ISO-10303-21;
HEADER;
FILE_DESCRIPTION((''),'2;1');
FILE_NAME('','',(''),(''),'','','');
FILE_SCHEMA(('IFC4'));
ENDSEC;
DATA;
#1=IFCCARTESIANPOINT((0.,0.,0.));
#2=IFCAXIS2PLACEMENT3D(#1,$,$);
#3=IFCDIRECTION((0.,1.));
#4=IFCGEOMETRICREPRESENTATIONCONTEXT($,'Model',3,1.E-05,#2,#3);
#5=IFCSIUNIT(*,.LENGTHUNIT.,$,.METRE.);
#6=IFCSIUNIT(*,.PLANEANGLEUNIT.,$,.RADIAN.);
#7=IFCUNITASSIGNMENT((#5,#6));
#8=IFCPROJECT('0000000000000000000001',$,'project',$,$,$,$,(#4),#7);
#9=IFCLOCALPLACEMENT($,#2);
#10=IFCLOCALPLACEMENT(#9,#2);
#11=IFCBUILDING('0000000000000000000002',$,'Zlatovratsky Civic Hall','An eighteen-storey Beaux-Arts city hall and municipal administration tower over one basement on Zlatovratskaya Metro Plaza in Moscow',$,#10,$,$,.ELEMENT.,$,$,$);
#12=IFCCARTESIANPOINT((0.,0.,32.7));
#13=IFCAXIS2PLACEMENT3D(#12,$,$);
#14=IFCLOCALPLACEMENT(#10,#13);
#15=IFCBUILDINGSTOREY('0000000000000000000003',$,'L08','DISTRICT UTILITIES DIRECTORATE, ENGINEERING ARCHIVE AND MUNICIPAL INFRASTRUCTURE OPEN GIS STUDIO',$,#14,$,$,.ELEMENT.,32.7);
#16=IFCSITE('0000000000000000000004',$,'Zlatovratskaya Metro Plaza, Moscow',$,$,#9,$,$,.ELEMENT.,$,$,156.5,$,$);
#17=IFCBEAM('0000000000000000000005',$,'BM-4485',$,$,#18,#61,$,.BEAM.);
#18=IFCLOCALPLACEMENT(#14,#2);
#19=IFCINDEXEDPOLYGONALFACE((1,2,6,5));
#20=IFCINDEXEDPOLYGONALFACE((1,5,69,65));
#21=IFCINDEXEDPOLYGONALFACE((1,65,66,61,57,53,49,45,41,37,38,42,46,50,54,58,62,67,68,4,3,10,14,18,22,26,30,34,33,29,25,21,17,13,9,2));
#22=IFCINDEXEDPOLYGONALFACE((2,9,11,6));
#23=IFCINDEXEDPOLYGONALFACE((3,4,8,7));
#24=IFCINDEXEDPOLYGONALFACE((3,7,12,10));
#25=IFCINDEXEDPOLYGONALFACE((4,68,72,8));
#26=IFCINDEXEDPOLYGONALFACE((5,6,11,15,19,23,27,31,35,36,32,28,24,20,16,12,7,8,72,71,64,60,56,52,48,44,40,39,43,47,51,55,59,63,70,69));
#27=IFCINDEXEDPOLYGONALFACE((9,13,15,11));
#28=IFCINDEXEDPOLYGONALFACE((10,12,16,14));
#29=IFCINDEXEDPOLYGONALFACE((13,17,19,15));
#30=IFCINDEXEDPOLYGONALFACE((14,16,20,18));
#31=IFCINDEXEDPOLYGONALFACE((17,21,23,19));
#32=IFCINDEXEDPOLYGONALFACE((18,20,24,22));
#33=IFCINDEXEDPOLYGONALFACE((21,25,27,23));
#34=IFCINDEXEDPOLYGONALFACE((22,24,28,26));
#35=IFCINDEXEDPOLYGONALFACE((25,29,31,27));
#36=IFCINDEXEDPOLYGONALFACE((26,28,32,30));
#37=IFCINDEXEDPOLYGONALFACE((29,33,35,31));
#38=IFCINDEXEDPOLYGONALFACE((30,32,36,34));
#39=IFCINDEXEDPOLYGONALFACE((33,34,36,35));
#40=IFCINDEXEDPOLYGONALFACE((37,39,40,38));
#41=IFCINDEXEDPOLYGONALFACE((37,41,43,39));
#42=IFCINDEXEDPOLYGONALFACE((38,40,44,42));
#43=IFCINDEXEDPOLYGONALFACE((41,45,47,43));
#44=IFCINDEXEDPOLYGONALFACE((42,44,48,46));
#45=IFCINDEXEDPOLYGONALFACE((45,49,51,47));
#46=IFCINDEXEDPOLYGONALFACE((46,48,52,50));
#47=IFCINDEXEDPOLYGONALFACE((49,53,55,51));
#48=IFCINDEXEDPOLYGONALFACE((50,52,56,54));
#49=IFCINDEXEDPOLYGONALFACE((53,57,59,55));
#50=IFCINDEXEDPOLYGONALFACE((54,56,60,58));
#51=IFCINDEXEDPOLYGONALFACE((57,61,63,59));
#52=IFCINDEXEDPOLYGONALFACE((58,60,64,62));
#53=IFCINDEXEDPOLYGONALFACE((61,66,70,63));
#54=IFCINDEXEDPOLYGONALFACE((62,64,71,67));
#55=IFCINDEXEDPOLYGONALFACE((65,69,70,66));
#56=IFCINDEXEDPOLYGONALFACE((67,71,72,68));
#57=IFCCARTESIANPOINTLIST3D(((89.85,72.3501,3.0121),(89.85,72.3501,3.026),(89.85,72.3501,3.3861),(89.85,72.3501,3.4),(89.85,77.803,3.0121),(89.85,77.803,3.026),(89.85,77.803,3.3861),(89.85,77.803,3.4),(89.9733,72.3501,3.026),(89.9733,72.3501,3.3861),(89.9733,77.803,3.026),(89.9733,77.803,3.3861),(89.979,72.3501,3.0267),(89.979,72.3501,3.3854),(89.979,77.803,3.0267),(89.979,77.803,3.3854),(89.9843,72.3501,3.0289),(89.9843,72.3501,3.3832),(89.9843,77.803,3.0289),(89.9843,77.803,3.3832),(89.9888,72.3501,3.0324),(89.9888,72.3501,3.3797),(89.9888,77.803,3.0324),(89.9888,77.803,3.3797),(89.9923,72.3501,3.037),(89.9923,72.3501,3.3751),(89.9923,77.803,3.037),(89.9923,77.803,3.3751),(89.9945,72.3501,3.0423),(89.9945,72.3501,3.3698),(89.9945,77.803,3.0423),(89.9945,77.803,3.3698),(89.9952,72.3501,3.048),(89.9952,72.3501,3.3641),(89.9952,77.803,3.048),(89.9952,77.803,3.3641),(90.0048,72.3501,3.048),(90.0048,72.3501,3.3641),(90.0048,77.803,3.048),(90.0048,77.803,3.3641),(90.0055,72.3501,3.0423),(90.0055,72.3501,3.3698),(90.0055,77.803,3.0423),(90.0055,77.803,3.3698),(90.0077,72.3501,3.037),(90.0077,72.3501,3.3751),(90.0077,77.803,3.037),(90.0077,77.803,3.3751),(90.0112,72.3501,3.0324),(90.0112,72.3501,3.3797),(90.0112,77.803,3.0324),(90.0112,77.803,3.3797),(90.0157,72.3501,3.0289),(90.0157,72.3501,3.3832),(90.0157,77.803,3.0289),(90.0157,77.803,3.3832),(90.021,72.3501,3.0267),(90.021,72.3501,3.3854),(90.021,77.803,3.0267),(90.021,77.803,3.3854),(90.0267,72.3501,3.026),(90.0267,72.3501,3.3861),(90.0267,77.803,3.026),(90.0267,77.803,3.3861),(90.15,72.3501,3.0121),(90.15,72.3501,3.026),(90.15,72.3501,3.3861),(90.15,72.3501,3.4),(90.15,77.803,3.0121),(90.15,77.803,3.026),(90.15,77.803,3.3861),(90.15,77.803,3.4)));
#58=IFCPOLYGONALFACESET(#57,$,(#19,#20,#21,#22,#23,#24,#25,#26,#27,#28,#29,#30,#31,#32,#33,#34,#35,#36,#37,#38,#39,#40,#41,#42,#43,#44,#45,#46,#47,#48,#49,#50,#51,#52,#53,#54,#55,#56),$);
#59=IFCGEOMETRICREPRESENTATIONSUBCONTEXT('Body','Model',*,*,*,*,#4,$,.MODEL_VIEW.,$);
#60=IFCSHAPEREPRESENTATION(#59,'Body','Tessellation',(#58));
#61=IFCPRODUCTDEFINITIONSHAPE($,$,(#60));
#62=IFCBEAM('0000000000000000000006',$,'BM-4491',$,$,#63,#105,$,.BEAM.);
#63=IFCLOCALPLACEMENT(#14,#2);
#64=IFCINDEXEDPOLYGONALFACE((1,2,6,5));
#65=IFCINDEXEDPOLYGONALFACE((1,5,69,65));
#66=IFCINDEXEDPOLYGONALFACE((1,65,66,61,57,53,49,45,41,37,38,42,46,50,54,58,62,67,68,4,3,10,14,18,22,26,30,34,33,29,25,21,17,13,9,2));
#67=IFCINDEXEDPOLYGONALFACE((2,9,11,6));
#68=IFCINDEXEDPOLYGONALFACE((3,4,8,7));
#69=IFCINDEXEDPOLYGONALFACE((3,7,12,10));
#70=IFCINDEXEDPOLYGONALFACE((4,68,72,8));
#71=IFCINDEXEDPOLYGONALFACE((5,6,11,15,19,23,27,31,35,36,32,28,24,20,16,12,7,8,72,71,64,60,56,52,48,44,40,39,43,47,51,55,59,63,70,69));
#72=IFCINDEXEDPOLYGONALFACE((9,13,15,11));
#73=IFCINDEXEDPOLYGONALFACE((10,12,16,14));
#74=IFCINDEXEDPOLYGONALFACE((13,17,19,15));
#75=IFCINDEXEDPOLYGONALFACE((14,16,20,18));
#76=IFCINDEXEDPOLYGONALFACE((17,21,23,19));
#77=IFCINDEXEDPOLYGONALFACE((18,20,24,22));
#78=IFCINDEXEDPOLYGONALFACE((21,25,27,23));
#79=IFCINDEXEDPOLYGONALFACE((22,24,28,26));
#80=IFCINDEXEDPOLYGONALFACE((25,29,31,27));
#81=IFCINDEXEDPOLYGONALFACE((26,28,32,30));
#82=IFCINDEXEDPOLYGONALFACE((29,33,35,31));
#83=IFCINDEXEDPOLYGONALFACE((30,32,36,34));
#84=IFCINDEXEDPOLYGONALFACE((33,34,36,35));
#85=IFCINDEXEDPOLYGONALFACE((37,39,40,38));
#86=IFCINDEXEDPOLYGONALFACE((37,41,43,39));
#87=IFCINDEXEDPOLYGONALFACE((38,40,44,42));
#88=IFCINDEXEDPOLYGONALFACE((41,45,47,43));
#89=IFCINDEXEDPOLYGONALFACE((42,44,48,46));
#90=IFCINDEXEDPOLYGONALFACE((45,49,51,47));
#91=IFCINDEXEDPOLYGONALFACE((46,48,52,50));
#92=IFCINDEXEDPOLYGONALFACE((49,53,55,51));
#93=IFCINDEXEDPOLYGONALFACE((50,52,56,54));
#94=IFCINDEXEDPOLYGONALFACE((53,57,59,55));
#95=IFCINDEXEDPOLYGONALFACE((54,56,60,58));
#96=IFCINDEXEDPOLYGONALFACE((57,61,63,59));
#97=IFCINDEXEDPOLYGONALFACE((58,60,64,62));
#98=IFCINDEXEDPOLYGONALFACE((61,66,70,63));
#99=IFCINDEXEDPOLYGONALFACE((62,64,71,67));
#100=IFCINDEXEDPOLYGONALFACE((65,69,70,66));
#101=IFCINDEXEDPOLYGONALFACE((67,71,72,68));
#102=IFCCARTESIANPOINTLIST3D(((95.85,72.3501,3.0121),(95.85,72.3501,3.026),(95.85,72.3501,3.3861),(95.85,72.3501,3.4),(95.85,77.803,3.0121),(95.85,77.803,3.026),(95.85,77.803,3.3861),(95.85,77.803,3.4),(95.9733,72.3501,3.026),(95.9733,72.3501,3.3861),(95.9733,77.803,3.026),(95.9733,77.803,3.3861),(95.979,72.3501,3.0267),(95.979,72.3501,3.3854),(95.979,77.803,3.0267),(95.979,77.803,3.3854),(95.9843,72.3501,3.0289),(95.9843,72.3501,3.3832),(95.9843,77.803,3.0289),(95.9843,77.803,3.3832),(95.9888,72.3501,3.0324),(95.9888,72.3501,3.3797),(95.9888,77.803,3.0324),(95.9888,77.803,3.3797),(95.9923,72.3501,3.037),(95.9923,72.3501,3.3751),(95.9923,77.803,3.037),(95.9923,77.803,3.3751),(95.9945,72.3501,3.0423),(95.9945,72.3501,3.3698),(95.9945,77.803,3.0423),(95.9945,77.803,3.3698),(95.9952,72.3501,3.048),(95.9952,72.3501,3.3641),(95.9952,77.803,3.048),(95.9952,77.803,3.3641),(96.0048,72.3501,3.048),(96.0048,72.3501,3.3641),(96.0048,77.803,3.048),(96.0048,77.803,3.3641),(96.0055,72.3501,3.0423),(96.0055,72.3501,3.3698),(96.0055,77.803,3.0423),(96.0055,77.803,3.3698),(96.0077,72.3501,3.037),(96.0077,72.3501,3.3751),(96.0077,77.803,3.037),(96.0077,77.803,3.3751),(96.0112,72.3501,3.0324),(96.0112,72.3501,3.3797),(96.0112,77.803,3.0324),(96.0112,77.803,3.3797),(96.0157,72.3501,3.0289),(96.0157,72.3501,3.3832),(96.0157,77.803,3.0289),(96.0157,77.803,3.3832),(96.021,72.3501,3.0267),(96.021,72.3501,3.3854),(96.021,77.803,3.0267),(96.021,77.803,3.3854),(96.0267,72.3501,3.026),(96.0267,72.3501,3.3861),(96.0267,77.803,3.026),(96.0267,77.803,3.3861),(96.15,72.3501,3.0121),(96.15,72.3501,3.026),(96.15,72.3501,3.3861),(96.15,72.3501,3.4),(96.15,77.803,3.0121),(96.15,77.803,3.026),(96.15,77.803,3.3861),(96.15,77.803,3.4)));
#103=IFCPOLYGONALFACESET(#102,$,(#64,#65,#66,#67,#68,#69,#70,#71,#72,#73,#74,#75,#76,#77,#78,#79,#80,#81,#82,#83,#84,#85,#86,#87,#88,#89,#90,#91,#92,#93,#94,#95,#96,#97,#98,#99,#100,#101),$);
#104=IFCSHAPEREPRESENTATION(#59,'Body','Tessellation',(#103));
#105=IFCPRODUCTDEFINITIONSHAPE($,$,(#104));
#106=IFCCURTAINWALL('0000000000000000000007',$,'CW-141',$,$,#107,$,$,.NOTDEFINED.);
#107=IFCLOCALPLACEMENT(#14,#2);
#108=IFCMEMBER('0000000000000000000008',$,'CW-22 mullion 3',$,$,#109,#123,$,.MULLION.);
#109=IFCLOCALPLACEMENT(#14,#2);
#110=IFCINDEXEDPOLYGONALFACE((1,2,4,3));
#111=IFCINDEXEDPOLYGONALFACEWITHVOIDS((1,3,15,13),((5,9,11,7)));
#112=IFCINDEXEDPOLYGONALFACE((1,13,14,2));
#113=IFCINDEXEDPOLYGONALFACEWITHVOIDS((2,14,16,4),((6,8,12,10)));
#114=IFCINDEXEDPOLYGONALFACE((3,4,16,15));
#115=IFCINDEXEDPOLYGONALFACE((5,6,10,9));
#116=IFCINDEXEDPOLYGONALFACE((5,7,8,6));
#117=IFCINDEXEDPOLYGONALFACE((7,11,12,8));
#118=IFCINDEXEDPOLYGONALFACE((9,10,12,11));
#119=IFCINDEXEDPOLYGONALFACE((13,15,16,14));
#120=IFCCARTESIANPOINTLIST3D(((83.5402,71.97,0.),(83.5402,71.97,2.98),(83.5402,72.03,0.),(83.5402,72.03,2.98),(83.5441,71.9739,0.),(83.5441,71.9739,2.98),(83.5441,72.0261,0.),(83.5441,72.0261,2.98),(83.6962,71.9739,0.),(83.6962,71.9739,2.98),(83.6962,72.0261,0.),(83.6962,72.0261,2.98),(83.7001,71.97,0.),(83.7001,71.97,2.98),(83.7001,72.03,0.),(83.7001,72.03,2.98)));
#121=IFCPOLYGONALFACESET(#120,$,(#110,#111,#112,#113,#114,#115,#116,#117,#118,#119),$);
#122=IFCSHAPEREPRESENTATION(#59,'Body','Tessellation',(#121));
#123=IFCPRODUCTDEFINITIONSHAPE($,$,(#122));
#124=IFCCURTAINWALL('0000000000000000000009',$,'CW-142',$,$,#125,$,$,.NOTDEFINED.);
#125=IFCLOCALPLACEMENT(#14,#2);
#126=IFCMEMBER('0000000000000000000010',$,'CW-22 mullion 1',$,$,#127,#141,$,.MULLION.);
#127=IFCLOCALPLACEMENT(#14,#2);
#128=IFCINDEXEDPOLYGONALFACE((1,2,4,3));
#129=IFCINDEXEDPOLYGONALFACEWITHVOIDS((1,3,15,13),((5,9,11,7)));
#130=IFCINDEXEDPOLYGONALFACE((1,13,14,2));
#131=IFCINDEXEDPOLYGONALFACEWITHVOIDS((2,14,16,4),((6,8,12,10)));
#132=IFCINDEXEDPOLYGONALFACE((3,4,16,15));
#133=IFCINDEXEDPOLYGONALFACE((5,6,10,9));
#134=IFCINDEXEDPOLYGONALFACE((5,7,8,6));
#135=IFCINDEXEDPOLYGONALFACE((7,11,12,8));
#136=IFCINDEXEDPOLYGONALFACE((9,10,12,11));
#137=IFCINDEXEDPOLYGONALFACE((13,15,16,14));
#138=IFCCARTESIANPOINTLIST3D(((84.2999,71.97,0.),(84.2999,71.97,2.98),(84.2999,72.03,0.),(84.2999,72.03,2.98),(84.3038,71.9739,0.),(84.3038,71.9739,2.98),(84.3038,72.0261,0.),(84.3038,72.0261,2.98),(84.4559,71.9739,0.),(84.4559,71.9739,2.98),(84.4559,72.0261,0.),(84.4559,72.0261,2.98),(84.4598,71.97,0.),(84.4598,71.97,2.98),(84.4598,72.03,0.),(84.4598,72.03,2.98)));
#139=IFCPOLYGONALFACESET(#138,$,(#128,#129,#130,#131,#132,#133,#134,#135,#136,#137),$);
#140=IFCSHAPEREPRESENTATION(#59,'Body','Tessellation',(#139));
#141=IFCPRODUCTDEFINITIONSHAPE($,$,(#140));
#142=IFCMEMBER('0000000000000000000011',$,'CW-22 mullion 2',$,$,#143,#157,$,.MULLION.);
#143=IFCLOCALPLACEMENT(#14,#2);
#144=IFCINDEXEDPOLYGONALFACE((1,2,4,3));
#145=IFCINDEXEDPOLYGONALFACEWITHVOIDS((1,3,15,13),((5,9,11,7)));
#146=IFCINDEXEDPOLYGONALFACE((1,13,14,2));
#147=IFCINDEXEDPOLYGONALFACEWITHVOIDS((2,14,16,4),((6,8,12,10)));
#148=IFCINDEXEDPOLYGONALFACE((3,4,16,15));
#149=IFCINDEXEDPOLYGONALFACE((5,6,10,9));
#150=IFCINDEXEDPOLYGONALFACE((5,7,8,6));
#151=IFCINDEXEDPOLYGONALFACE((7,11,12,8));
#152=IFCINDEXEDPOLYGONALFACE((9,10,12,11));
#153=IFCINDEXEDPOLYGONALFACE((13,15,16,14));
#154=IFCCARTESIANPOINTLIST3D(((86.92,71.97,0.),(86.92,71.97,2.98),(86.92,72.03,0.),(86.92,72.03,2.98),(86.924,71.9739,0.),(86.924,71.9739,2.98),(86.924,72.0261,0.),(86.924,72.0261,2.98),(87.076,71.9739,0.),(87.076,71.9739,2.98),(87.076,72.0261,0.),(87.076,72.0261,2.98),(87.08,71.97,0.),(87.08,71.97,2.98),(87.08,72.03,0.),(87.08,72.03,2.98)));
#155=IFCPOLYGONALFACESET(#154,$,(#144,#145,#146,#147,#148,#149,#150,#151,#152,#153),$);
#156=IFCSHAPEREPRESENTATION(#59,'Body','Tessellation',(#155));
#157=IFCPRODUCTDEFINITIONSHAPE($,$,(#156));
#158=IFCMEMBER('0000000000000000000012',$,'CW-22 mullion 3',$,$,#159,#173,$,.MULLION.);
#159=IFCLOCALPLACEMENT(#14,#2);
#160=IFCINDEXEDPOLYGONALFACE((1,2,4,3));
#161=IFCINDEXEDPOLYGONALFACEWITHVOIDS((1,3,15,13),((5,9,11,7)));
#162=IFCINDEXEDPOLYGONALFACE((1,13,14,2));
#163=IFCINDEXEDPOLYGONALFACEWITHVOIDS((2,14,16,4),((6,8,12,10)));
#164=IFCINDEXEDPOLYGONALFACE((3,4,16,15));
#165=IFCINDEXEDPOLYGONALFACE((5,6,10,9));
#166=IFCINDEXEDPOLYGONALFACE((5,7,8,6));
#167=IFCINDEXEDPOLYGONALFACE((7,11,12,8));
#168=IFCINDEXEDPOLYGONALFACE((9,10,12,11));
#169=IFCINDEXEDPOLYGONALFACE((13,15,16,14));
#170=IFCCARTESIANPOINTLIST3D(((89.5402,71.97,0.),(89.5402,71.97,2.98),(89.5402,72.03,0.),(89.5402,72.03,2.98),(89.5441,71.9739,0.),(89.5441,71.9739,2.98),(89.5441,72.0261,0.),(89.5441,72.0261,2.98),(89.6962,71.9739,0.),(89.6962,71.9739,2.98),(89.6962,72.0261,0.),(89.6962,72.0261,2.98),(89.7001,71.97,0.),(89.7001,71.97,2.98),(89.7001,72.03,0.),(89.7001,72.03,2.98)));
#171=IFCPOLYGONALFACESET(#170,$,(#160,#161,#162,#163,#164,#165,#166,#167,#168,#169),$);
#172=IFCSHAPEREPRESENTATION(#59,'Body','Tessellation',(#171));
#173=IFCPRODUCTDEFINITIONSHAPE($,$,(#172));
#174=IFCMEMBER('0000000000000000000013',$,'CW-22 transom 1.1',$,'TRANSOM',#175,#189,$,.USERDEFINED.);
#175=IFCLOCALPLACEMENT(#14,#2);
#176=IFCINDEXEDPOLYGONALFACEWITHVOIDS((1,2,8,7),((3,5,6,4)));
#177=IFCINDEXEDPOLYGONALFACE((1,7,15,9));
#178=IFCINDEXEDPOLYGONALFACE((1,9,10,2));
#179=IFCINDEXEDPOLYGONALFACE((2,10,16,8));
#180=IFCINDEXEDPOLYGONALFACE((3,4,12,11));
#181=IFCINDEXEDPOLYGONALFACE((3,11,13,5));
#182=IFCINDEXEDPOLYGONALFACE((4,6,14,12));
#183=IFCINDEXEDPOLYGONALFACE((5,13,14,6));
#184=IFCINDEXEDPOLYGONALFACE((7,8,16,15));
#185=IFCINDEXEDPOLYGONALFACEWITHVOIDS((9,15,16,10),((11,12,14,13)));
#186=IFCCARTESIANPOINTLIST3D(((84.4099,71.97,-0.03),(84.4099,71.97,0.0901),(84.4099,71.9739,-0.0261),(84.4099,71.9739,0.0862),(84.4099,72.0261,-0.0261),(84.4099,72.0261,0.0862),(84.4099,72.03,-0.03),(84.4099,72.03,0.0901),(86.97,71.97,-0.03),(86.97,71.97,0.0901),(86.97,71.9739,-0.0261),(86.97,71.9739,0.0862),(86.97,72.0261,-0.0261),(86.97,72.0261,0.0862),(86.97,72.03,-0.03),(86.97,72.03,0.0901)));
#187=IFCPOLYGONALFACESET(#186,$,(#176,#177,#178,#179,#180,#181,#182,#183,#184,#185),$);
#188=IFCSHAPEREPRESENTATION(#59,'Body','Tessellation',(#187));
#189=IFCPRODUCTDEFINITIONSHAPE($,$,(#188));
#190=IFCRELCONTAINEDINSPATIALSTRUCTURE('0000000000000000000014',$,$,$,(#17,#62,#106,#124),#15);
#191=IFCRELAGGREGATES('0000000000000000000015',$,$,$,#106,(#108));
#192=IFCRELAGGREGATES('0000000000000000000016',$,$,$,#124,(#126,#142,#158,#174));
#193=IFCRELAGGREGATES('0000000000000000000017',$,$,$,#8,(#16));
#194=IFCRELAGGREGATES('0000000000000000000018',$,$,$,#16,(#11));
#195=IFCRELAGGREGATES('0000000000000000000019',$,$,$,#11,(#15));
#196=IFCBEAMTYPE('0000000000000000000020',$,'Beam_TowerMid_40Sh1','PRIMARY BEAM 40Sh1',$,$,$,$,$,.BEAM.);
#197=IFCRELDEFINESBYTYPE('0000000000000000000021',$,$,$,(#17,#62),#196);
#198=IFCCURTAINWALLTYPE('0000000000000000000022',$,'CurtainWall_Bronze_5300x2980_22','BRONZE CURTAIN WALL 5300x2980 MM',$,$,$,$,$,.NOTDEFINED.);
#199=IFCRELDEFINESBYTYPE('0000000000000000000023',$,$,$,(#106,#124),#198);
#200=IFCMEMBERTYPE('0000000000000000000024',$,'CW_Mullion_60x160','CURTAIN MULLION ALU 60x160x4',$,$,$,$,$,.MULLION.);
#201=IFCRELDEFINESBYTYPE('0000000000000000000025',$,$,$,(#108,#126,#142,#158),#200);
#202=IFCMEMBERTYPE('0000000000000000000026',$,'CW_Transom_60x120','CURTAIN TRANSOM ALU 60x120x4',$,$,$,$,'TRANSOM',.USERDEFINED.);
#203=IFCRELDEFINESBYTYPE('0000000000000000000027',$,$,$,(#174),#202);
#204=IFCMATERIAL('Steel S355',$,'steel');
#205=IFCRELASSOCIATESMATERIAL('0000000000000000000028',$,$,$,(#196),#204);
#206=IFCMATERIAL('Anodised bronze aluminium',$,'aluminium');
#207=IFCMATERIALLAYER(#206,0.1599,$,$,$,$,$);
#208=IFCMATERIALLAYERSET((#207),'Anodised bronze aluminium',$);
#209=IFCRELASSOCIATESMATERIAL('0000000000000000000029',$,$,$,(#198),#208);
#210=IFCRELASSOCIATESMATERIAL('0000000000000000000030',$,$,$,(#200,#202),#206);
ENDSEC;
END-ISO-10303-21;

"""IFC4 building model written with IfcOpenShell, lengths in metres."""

from ifc_helpers import new_model, si_unit, direction, frame, origin, origin_2d, place, context, subcontext, project, spatial, hollow_rectangle, i_section, extrude, material, layer, layer_set, material_profile, profile_set, type_object, element, aggregate, save


model = new_model("IFC4")

# Units and contexts
model_context = context("Model", 3, precision=1e-05, world=origin(), true_north=direction((0.0, 1.0)))
body_context = subcontext(model_context, "Body", "Model", "MODEL_VIEW")
ifc_project = project(units=[si_unit("LENGTHUNIT", "METRE"), si_unit("PLANEANGLEUNIT", "RADIAN")], contexts=[model_context])

# Site, building, storey
site_placement = place(None, origin())
site = spatial("IfcSite", under=ifc_project, at=site_placement, Name="Zlatovratskaya Metro Plaza, Moscow", CompositionType="ELEMENT", RefElevation=156.5)
building_placement = place(site_placement, origin())
building = spatial("IfcBuilding", under=site, at=building_placement, Name="Zlatovratsky Civic Hall", Description="An eighteen-storey Beaux-Arts city hall and municipal administration tower over one basement on Zlatovratskaya Metro Plaza in Moscow", CompositionType="ELEMENT")
storey_placement = place(building_placement, frame((0.0, 0.0, 32.7)))
storey = spatial("IfcBuildingStorey", under=building, at=storey_placement, Name="L08", Description="DISTRICT UTILITIES DIRECTORATE, ENGINEERING ARCHIVE AND MUNICIPAL INFRASTRUCTURE OPEN GIS STUDIO", CompositionType="ELEMENT", Elevation=32.7)

# Beams
ifc_material_1 = material(Name="Steel S355", Category="steel")
ifc_material_profile_1 = material_profile(ifc_material_1, i_section(OverallWidth=0.3, OverallDepth=0.3879, WebThickness=0.0095, FlangeThickness=0.0139, FilletRadius=0.022, at=origin_2d()), Name="40Sh1")
ifc_profile_set_1 = profile_set([ifc_material_profile_1], Name="Steel S355")
beam_type_1 = type_object("IfcBeamType", Name="Beam_TowerMid_40Sh1", Description="PRIMARY BEAM 40Sh1", PredefinedType="BEAM", material=ifc_profile_set_1)
for number, where, z_axis, x_axis, name in (
    (1, (90.0, 72.3501, 3.2061), (0.0, 1.0, 0.0), (-1.0, 0.0, 0.0), "BM-4485"),
    (2, (96.0, 72.3501, 3.2061), (0.0, 1.0, 0.0), (-1.0, 0.0, 0.0), "BM-4491"),
):
    element("IfcBeam", number, at=place(storey_placement, frame(where, z_axis=z_axis, x_axis=x_axis)), inside=storey, type_object=beam_type_1, Name=name, PredefinedType="BEAM", context=body_context, shape_type="SweptSolid", body=[
        extrude(i_section(OverallWidth=0.3, OverallDepth=0.3879, WebThickness=0.0095, FlangeThickness=0.0139, FilletRadius=0.022, at=origin_2d()), origin(), (0.0, 0.0, 1.0), 5.4529),
    ])

# Curtain wall, member
ifc_material_2 = material(Name="Anodised bronze aluminium", Category="aluminium")
ifc_layer_1 = layer(ifc_material_2, 0.1599)
ifc_layer_set_1 = layer_set([ifc_layer_1], Name="Anodised bronze aluminium")
curtain_wall_type = type_object("IfcCurtainWallType", Name="CurtainWall_Bronze_5300x2980_22", Description="BRONZE CURTAIN WALL 5300x2980 MM", PredefinedType="NOTDEFINED", material=ifc_layer_set_1)
curtain_wall_1_placement = place(storey_placement, origin())
curtain_wall_1 = element("IfcCurtainWall", 3, at=curtain_wall_1_placement, inside=storey, type_object=curtain_wall_type, Name="CW-141", PredefinedType="NOTDEFINED")
ifc_material_profile_2 = material_profile(ifc_material_2, hollow_rectangle(XDim=0.0601, YDim=0.1599, WallThickness=0.0039, at=origin_2d()), Name="ALU 60x160x4")
ifc_profile_set_2 = profile_set([ifc_material_profile_2], Name="Anodised bronze aluminium")
member_type_1 = type_object("IfcMemberType", Name="CW_Mullion_60x160", Description="CURTAIN MULLION ALU 60x160x4", PredefinedType="MULLION", material=ifc_profile_set_2)
member_1_placement = place(storey_placement, frame((83.6201, 72.0, 0.0), z_axis=(0.0, 0.0, 1.0), x_axis=(0.0, 1.0, 0.0)))
member_1 = element("IfcMember", 4, at=member_1_placement, type_object=member_type_1, Name="CW-22 mullion 3", PredefinedType="MULLION", context=body_context, shape_type="SweptSolid", body=[
    extrude(hollow_rectangle(XDim=0.0601, YDim=0.1599, WallThickness=0.0039, at=origin_2d()), origin(), (0.0, 0.0, 1.0), 2.98),
])
aggregate(curtain_wall_1, [member_1])

# Curtain wall, members
curtain_wall_2_placement = place(storey_placement, origin())
curtain_wall_2 = element("IfcCurtainWall", 5, at=curtain_wall_2_placement, inside=storey, type_object=curtain_wall_type, Name="CW-142", PredefinedType="NOTDEFINED")
member_2_placement = place(storey_placement, frame((84.3799, 72.0, 0.0), z_axis=(0.0, 0.0, 1.0), x_axis=(0.0, 1.0, 0.0)))
member_2 = element("IfcMember", 6, at=member_2_placement, type_object=member_type_1, Name="CW-22 mullion 1", PredefinedType="MULLION", context=body_context, shape_type="SweptSolid", body=[
    extrude(hollow_rectangle(XDim=0.0601, YDim=0.1599, WallThickness=0.0039, at=origin_2d()), origin(), (0.0, 0.0, 1.0), 2.98),
])
member_3_placement = place(storey_placement, frame((87.0, 72.0, 0.0), z_axis=(0.0, 0.0, 1.0), x_axis=(0.0, 1.0, 0.0)))
member_3 = element("IfcMember", 7, at=member_3_placement, type_object=member_type_1, Name="CW-22 mullion 2", PredefinedType="MULLION", context=body_context, shape_type="SweptSolid", body=[
    extrude(hollow_rectangle(XDim=0.0601, YDim=0.1599, WallThickness=0.0039, at=origin_2d()), origin(), (0.0, 0.0, 1.0), 2.98),
])
member_4_placement = place(storey_placement, frame((89.6201, 72.0, 0.0), z_axis=(0.0, 0.0, 1.0), x_axis=(0.0, 1.0, 0.0)))
member_4 = element("IfcMember", 8, at=member_4_placement, type_object=member_type_1, Name="CW-22 mullion 3", PredefinedType="MULLION", context=body_context, shape_type="SweptSolid", body=[
    extrude(hollow_rectangle(XDim=0.0601, YDim=0.1599, WallThickness=0.0039, at=origin_2d()), origin(), (0.0, 0.0, 1.0), 2.98),
])
ifc_material_profile_3 = material_profile(ifc_material_2, hollow_rectangle(XDim=0.0601, YDim=0.1201, WallThickness=0.0039, at=origin_2d()), Name="ALU 60x120x4")
ifc_profile_set_3 = profile_set([ifc_material_profile_3], Name="Anodised bronze aluminium")
member_type_2 = type_object("IfcMemberType", Name="CW_Transom_60x120", Description="CURTAIN TRANSOM ALU 60x120x4", ElementType="TRANSOM", PredefinedType="USERDEFINED", material=ifc_profile_set_3)
member_5_placement = place(storey_placement, frame((84.4099, 72.0, 0.03), z_axis=(1.0, 0.0, 0.0), x_axis=(0.0, 1.0, 0.0)))
member_5 = element("IfcMember", 9, at=member_5_placement, type_object=member_type_2, Name="CW-22 transom 1.1", ObjectType="TRANSOM", PredefinedType="USERDEFINED", context=body_context, shape_type="SweptSolid", body=[
    extrude(hollow_rectangle(XDim=0.0601, YDim=0.1201, WallThickness=0.0039, at=origin_2d()), origin(), (0.0, 0.0, 1.0), 2.5601),
])
aggregate(curtain_wall_2, [member_2, member_3, member_4, member_5])

save(model, "model.ifc")
